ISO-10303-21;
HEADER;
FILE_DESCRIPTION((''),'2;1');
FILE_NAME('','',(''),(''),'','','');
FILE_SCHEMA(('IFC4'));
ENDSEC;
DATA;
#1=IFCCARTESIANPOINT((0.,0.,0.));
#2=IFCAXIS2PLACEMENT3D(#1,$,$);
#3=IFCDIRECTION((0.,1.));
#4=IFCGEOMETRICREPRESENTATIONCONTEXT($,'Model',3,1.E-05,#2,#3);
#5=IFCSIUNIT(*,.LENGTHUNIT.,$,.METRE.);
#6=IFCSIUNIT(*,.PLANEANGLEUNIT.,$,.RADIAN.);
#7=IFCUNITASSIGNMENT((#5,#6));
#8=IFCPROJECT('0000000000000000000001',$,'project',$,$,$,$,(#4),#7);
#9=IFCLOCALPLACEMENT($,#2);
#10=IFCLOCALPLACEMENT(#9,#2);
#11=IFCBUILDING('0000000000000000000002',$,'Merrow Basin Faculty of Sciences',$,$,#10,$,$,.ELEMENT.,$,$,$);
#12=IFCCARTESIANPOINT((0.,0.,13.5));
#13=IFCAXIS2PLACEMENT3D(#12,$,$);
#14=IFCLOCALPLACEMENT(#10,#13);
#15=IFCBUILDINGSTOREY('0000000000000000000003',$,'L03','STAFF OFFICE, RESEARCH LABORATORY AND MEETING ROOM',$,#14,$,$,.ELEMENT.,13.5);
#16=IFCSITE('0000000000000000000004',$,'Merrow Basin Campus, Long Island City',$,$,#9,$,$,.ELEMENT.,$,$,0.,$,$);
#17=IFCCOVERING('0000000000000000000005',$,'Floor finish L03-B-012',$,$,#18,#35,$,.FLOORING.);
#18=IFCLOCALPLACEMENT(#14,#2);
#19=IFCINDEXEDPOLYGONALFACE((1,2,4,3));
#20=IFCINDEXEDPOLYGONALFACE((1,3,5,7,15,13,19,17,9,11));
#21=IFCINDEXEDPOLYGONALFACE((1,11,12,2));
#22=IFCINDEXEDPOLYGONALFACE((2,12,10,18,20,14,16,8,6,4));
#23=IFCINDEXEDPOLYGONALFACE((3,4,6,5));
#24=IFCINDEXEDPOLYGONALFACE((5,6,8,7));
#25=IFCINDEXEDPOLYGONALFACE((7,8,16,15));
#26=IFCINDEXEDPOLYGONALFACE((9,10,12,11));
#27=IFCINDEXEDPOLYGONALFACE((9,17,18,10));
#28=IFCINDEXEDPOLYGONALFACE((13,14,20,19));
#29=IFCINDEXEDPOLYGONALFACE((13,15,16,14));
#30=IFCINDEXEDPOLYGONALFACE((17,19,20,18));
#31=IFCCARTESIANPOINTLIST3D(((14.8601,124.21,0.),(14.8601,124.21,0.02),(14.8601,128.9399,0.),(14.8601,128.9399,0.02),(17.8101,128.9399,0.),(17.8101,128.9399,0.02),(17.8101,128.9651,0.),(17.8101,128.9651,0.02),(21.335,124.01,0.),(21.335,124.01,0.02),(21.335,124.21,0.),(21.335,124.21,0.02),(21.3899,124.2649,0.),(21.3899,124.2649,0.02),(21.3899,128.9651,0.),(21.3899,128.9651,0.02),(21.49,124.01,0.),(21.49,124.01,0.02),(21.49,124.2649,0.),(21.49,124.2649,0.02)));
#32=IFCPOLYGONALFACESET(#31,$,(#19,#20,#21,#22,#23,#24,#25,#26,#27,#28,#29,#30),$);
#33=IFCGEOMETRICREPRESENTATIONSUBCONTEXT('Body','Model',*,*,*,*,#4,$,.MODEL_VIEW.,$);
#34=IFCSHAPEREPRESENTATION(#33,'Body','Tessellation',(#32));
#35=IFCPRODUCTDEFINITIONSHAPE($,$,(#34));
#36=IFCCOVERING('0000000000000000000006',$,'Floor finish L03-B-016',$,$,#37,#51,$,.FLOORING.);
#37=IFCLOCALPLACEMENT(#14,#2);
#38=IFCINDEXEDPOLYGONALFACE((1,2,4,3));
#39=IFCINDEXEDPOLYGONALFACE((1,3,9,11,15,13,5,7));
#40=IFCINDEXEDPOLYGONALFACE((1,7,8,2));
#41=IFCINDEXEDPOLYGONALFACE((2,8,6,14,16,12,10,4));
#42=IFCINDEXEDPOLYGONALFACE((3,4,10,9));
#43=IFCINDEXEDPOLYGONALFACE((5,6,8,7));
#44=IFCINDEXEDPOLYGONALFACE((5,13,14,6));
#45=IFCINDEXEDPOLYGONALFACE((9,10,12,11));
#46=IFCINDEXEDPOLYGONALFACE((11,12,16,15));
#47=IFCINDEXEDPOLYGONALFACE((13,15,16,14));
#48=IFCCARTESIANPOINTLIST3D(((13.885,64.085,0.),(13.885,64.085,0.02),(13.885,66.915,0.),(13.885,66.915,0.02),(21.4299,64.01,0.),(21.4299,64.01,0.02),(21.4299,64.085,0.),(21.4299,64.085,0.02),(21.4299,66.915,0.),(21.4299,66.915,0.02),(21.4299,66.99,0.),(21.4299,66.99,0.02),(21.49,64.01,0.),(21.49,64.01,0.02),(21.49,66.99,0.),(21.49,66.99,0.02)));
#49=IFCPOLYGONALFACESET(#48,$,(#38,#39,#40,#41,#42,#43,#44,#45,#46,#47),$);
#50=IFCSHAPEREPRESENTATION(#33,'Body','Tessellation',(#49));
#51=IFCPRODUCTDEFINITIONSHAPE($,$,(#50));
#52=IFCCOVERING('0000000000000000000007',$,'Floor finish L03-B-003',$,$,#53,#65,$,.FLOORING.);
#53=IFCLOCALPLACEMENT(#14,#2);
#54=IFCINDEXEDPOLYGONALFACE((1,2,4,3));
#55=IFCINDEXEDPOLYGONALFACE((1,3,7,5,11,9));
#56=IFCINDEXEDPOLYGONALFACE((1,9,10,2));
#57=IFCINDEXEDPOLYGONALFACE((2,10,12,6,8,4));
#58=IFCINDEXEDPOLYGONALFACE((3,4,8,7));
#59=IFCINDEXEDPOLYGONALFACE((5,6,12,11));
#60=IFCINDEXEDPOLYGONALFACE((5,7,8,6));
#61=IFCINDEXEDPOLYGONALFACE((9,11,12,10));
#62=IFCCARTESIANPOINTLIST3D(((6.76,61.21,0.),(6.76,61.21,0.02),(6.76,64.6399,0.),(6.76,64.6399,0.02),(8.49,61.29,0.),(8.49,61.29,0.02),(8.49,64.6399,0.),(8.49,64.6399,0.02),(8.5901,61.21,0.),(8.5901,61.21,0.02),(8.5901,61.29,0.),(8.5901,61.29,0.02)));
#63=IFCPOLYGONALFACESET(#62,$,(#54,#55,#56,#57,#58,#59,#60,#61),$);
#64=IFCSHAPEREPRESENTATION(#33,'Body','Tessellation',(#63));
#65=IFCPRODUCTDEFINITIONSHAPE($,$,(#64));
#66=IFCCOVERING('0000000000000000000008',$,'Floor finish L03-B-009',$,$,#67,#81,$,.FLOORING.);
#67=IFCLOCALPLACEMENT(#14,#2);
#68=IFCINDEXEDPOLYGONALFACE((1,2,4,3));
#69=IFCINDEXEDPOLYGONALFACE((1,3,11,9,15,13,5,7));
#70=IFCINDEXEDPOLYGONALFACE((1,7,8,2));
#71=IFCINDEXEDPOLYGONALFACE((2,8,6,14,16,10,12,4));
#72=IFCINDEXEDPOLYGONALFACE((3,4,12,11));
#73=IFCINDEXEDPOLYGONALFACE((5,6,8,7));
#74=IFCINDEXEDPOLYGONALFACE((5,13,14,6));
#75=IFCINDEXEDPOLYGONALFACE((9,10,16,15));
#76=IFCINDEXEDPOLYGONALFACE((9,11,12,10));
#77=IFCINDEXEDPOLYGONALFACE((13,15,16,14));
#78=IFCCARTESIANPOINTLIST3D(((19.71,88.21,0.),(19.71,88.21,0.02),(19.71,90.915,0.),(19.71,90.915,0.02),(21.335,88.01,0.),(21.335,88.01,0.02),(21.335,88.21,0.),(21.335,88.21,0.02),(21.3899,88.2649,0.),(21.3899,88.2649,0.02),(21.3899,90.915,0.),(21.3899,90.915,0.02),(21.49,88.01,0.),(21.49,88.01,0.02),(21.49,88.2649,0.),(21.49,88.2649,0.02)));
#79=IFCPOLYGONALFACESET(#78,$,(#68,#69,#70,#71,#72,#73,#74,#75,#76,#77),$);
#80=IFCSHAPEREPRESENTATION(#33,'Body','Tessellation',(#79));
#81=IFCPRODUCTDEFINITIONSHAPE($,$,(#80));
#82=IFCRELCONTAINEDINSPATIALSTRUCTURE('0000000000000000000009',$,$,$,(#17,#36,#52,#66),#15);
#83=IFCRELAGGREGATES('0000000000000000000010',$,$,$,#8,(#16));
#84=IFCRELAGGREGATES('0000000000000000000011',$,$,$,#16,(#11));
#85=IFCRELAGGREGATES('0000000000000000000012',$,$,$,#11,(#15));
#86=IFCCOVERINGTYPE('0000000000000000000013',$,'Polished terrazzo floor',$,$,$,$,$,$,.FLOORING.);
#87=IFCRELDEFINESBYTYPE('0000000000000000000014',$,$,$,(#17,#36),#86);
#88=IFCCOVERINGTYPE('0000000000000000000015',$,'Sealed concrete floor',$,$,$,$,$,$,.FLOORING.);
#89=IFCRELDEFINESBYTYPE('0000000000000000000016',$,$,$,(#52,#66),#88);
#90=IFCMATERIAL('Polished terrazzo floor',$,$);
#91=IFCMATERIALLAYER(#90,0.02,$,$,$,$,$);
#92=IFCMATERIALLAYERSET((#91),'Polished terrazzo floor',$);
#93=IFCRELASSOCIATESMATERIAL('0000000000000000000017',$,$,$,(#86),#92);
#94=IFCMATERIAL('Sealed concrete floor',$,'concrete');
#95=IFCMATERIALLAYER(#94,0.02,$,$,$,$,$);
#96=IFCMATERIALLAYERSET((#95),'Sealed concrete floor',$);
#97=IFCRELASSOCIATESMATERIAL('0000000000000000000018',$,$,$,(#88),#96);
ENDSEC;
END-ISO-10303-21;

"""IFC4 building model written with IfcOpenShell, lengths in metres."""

from ifc_helpers import new_model, si_unit, direction, frame, origin, place, context, subcontext, project, spatial, polyline, outline, extrude, material, layer, layer_set, type_object, element, save


model = new_model("IFC4")

# Units and contexts
model_context = context("Model", 3, precision=1e-05, world=origin(), true_north=direction((0.0, 1.0)))
body_context = subcontext(model_context, "Body", "Model", "MODEL_VIEW")
ifc_project = project(units=[si_unit("LENGTHUNIT", "METRE"), si_unit("PLANEANGLEUNIT", "RADIAN")], contexts=[model_context])

# Site, building, storey
site_placement = place(None, origin())
site = spatial("IfcSite", under=ifc_project, at=site_placement, Name="Merrow Basin Campus, Long Island City", CompositionType="ELEMENT", RefElevation=0.0)
building_placement = place(site_placement, origin())
building = spatial("IfcBuilding", under=site, at=building_placement, Name="Merrow Basin Faculty of Sciences", CompositionType="ELEMENT")
storey_placement = place(building_placement, frame((0.0, 0.0, 13.5)))
storey = spatial("IfcBuildingStorey", under=building, at=storey_placement, Name="L03", Description="STAFF OFFICE, RESEARCH LABORATORY AND MEETING ROOM", CompositionType="ELEMENT", Elevation=13.5)

# Coverings
ifc_material_1 = material(Name="Polished terrazzo floor")
ifc_layer_1 = layer(ifc_material_1, 0.02)
ifc_layer_set_1 = layer_set([ifc_layer_1], Name="Polished terrazzo floor")
covering_type_1 = type_object("IfcCoveringType", Name="Polished terrazzo floor", PredefinedType="FLOORING", material=ifc_layer_set_1)
covering_1_placement = place(storey_placement, origin())
element("IfcCovering", 1, at=covering_1_placement, inside=storey, type_object=covering_type_1, Name="Floor finish L03-B-012", PredefinedType="FLOORING", context=body_context, shape_type="SweptSolid", body=[
    extrude(outline(polyline([(21.3899, 128.9651), (21.3899, 124.2649), (21.49, 124.2649), (21.49, 124.01), (21.335, 124.01), (21.335, 124.21), (14.8601, 124.21), (14.8601, 128.9399), (17.8101, 128.9399), (17.8101, 128.9651), (21.3899, 128.9651)])), origin(), (0.0, 0.0, 1.0), 0.02),
])
covering_2_placement = place(storey_placement, origin())
element("IfcCovering", 2, at=covering_2_placement, inside=storey, type_object=covering_type_1, Name="Floor finish L03-B-016", PredefinedType="FLOORING", context=body_context, shape_type="SweptSolid", body=[
    extrude(outline(polyline([(21.49, 66.99), (21.49, 64.01), (21.4299, 64.01), (21.4299, 64.085), (13.885, 64.085), (13.885, 66.915), (21.4299, 66.915), (21.4299, 66.99), (21.49, 66.99)])), origin(), (0.0, 0.0, 1.0), 0.02),
])
ifc_material_2 = material(Name="Sealed concrete floor", Category="concrete")
ifc_layer_2 = layer(ifc_material_2, 0.02)
ifc_layer_set_2 = layer_set([ifc_layer_2], Name="Sealed concrete floor")
covering_type_2 = type_object("IfcCoveringType", Name="Sealed concrete floor", PredefinedType="FLOORING", material=ifc_layer_set_2)
covering_3_placement = place(storey_placement, origin())
element("IfcCovering", 3, at=covering_3_placement, inside=storey, type_object=covering_type_2, Name="Floor finish L03-B-003", PredefinedType="FLOORING", context=body_context, shape_type="SweptSolid", body=[
    extrude(outline(polyline([(8.5901, 61.21), (6.76, 61.21), (6.76, 64.6399), (8.49, 64.6399), (8.49, 61.29), (8.5901, 61.29), (8.5901, 61.21)])), origin(), (0.0, 0.0, 1.0), 0.02),
])
covering_4_placement = place(storey_placement, origin())
element("IfcCovering", 4, at=covering_4_placement, inside=storey, type_object=covering_type_2, Name="Floor finish L03-B-009", PredefinedType="FLOORING", context=body_context, shape_type="SweptSolid", body=[
    extrude(outline(polyline([(21.3899, 90.915), (21.3899, 88.2649), (21.49, 88.2649), (21.49, 88.01), (21.335, 88.01), (21.335, 88.21), (19.71, 88.21), (19.71, 90.915), (21.3899, 90.915)])), origin(), (0.0, 0.0, 1.0), 0.02),
])

save(model, "model.ifc")
